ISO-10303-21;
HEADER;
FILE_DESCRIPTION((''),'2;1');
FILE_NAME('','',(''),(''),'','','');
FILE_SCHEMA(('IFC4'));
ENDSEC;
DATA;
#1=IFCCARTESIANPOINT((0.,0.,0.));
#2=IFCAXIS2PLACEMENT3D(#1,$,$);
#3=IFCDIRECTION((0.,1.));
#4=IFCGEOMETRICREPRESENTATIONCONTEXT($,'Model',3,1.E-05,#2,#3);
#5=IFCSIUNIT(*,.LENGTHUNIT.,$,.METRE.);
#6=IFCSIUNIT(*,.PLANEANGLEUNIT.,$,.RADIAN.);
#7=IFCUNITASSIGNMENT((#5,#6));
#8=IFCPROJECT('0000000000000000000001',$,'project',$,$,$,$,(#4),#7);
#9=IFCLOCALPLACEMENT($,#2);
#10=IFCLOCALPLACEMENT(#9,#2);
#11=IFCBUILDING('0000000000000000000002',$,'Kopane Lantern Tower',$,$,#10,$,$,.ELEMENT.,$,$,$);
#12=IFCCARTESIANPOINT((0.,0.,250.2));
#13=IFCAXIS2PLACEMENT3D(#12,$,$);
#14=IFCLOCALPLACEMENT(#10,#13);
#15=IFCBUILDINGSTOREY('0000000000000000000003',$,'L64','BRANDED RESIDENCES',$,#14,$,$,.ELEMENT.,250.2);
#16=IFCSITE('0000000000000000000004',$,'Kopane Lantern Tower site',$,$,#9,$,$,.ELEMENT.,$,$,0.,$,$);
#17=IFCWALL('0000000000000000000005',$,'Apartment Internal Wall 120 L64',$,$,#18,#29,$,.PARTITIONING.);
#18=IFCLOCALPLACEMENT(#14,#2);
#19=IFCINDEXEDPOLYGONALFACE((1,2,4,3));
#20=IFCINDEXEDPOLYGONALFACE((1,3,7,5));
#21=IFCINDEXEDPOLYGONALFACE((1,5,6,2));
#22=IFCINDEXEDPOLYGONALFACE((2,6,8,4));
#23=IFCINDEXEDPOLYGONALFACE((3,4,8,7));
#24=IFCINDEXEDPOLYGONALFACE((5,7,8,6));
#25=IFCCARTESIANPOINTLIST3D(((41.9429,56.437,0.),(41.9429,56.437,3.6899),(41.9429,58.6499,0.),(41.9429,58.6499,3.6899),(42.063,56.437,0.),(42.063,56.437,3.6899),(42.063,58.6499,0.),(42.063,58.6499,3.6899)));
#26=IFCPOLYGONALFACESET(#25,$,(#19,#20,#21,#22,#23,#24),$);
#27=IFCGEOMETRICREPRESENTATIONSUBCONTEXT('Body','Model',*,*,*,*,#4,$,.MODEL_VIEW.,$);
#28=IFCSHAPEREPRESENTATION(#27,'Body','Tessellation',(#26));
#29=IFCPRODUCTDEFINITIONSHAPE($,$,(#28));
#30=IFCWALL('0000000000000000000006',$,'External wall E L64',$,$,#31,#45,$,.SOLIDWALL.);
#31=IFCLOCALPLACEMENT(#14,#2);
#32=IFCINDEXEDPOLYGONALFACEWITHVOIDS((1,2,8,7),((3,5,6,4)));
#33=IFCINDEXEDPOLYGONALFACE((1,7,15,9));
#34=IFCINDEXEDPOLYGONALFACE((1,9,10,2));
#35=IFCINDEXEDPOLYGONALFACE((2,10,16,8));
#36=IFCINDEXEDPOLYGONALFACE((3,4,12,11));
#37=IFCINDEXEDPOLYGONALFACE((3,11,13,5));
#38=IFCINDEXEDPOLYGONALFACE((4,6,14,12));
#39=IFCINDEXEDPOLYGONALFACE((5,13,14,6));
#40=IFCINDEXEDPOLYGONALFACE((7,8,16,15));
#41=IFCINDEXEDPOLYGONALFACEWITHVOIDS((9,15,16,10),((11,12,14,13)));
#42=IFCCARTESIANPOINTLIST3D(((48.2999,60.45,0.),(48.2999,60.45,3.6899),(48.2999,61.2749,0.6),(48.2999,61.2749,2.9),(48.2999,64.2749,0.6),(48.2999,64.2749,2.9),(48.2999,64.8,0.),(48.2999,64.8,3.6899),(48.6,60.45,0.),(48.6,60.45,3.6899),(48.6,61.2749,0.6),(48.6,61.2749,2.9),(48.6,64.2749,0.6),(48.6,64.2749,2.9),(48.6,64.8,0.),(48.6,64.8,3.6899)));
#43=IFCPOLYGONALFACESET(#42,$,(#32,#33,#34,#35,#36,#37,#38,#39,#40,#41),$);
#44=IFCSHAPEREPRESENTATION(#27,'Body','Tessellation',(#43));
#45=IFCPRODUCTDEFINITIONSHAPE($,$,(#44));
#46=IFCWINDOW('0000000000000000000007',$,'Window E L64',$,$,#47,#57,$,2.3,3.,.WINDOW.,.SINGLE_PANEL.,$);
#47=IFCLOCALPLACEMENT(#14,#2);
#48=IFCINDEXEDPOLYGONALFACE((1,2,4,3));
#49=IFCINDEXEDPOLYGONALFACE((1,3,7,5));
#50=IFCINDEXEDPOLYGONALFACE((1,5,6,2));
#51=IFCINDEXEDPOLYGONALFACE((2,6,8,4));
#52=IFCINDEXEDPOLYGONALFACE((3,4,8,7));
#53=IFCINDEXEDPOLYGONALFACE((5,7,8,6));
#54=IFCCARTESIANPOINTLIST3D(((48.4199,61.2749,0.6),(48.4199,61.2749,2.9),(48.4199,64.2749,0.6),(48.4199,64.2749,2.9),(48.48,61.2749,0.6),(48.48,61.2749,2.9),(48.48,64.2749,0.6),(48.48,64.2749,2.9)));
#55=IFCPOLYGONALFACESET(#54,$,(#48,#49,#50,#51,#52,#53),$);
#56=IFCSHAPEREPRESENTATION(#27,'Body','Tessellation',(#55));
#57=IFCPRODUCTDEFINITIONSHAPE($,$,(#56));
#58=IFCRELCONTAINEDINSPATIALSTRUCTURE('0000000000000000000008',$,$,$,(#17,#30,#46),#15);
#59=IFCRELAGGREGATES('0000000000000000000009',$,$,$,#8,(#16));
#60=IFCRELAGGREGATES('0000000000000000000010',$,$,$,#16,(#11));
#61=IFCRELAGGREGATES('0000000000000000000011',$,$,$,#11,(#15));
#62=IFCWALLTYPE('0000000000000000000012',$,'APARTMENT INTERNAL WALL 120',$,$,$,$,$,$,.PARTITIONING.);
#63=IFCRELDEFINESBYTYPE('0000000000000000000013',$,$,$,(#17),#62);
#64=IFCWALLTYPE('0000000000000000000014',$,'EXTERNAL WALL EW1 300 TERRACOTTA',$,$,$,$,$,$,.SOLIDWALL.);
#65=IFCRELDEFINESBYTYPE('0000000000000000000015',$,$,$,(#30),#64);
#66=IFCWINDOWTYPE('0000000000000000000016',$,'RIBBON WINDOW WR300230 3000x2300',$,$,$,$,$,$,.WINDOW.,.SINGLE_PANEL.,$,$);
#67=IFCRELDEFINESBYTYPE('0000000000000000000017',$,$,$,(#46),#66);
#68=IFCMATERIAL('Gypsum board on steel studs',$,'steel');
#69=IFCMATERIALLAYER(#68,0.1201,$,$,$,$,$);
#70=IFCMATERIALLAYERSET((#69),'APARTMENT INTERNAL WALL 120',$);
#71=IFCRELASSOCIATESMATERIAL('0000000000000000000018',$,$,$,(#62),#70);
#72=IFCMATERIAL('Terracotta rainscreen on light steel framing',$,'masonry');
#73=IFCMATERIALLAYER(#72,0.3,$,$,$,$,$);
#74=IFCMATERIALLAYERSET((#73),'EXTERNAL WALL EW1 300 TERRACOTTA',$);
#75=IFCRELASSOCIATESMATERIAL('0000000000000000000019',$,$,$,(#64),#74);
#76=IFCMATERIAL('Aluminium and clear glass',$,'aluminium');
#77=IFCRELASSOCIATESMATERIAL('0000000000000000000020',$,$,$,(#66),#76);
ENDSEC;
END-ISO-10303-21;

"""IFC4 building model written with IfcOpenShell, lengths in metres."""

from ifc_helpers import new_model, si_unit, direction, frame, frame_2d, origin, place, context, subcontext, project, spatial, rectangle, extrude, material, layer, layer_set, type_object, element, fill, save


model = new_model("IFC4")

# Units and contexts
model_context = context("Model", 3, precision=1e-05, world=origin(), true_north=direction((0.0, 1.0)))
body_context = subcontext(model_context, "Body", "Model", "MODEL_VIEW")
ifc_project = project(units=[si_unit("LENGTHUNIT", "METRE"), si_unit("PLANEANGLEUNIT", "RADIAN")], contexts=[model_context])

# Site, building, storey
site_placement = place(None, origin())
site = spatial("IfcSite", under=ifc_project, at=site_placement, Name="Kopane Lantern Tower site", CompositionType="ELEMENT", RefElevation=0.0)
building_placement = place(site_placement, origin())
building = spatial("IfcBuilding", under=site, at=building_placement, Name="Kopane Lantern Tower", CompositionType="ELEMENT")
storey_placement = place(building_placement, frame((0.0, 0.0, 250.2)))
storey = spatial("IfcBuildingStorey", under=building, at=storey_placement, Name="L64", Description="BRANDED RESIDENCES", CompositionType="ELEMENT", Elevation=250.2)

# Shared definitions
ifc_material_1 = material(Name="Gypsum board on steel studs", Category="steel")
ifc_layer_1 = layer(ifc_material_1, 0.1201)
ifc_layer_set_1 = layer_set([ifc_layer_1], Name="APARTMENT INTERNAL WALL 120")
wall_type_1 = type_object("IfcWallType", Name="APARTMENT INTERNAL WALL 120", PredefinedType="PARTITIONING", material=ifc_layer_set_1)

# Wall
wall_1_placement = place(storey_placement, frame((42.0029, 58.6499, 0.0), z_axis=(0.0, 0.0, 1.0), x_axis=(0.0, -1.0, 0.0)))
element("IfcWall", 1, at=wall_1_placement, inside=storey, type_object=wall_type_1, Name="Apartment Internal Wall 120 L64", PredefinedType="PARTITIONING", context=body_context, shape_type="SweptSolid", body=[
    extrude(rectangle(XDim=2.2129, YDim=0.1201, at=frame_2d((1.1064, 0.0))), origin(), (0.0, 0.0, 1.0), 3.6899),
])

# Wall, opening, window
ifc_material_2 = material(Name="Terracotta rainscreen on light steel framing", Category="masonry")
ifc_layer_2 = layer(ifc_material_2, 0.3)
ifc_layer_set_2 = layer_set([ifc_layer_2], Name="EXTERNAL WALL EW1 300 TERRACOTTA")
wall_type_2 = type_object("IfcWallType", Name="EXTERNAL WALL EW1 300 TERRACOTTA", PredefinedType="SOLIDWALL", material=ifc_layer_set_2)
wall_2_placement = place(storey_placement, frame((48.45, 60.45, 0.0), z_axis=(0.0, 0.0, 1.0), x_axis=(0.0, 1.0, 0.0)))
wall_2 = element("IfcWall", 2, at=wall_2_placement, inside=storey, type_object=wall_type_2, Name="External wall E L64", PredefinedType="SOLIDWALL", context=body_context, shape_type="SweptSolid", body=[
    extrude(rectangle(XDim=4.3501, YDim=0.3, at=frame_2d((2.175, 0.0))), origin(), (0.0, 0.0, 1.0), 3.6899),
])
opening_1_placement = place(wall_2_placement, frame((0.825, 0.0, 0.6001)))
opening_1 = element("IfcOpeningElement", 3, at=opening_1_placement, cuts=wall_2, PredefinedType="OPENING", context=body_context, shape_type="SweptSolid", body=[
    extrude(rectangle(XDim=3.0, YDim=2.3, at=frame_2d((1.5, 1.1499))), frame((0.0, 0.1599, 0.0), z_axis=(0.0, -1.0, 0.0), x_axis=(1.0, 0.0, 0.0)), (0.0, 0.0, 1.0), 0.3201),
])
ifc_material_3 = material(Name="Aluminium and clear glass", Category="aluminium")
window_type_1 = type_object("IfcWindowType", Name="RIBBON WINDOW WR300230 3000x2300", PartitioningType="SINGLE_PANEL", PredefinedType="WINDOW", material=ifc_material_3)
window_1_placement = place(opening_1_placement, origin())
window_1 = element("IfcWindow", 4, at=window_1_placement, inside=storey, type_object=window_type_1, Name="Window E L64", OverallHeight=2.3, OverallWidth=3.0, PartitioningType="SINGLE_PANEL", PredefinedType="WINDOW", context=body_context, shape_type="SweptSolid", body=[
    extrude(rectangle(XDim=3.0, YDim=2.3, at=frame_2d((1.5, 1.1499))), frame((0.0, 0.03, 0.0), z_axis=(0.0, -1.0, 0.0), x_axis=(1.0, 0.0, 0.0)), (0.0, 0.0, 1.0), 0.0601),
])
fill(opening_1, window_1)

save(model, "model.ifc")
